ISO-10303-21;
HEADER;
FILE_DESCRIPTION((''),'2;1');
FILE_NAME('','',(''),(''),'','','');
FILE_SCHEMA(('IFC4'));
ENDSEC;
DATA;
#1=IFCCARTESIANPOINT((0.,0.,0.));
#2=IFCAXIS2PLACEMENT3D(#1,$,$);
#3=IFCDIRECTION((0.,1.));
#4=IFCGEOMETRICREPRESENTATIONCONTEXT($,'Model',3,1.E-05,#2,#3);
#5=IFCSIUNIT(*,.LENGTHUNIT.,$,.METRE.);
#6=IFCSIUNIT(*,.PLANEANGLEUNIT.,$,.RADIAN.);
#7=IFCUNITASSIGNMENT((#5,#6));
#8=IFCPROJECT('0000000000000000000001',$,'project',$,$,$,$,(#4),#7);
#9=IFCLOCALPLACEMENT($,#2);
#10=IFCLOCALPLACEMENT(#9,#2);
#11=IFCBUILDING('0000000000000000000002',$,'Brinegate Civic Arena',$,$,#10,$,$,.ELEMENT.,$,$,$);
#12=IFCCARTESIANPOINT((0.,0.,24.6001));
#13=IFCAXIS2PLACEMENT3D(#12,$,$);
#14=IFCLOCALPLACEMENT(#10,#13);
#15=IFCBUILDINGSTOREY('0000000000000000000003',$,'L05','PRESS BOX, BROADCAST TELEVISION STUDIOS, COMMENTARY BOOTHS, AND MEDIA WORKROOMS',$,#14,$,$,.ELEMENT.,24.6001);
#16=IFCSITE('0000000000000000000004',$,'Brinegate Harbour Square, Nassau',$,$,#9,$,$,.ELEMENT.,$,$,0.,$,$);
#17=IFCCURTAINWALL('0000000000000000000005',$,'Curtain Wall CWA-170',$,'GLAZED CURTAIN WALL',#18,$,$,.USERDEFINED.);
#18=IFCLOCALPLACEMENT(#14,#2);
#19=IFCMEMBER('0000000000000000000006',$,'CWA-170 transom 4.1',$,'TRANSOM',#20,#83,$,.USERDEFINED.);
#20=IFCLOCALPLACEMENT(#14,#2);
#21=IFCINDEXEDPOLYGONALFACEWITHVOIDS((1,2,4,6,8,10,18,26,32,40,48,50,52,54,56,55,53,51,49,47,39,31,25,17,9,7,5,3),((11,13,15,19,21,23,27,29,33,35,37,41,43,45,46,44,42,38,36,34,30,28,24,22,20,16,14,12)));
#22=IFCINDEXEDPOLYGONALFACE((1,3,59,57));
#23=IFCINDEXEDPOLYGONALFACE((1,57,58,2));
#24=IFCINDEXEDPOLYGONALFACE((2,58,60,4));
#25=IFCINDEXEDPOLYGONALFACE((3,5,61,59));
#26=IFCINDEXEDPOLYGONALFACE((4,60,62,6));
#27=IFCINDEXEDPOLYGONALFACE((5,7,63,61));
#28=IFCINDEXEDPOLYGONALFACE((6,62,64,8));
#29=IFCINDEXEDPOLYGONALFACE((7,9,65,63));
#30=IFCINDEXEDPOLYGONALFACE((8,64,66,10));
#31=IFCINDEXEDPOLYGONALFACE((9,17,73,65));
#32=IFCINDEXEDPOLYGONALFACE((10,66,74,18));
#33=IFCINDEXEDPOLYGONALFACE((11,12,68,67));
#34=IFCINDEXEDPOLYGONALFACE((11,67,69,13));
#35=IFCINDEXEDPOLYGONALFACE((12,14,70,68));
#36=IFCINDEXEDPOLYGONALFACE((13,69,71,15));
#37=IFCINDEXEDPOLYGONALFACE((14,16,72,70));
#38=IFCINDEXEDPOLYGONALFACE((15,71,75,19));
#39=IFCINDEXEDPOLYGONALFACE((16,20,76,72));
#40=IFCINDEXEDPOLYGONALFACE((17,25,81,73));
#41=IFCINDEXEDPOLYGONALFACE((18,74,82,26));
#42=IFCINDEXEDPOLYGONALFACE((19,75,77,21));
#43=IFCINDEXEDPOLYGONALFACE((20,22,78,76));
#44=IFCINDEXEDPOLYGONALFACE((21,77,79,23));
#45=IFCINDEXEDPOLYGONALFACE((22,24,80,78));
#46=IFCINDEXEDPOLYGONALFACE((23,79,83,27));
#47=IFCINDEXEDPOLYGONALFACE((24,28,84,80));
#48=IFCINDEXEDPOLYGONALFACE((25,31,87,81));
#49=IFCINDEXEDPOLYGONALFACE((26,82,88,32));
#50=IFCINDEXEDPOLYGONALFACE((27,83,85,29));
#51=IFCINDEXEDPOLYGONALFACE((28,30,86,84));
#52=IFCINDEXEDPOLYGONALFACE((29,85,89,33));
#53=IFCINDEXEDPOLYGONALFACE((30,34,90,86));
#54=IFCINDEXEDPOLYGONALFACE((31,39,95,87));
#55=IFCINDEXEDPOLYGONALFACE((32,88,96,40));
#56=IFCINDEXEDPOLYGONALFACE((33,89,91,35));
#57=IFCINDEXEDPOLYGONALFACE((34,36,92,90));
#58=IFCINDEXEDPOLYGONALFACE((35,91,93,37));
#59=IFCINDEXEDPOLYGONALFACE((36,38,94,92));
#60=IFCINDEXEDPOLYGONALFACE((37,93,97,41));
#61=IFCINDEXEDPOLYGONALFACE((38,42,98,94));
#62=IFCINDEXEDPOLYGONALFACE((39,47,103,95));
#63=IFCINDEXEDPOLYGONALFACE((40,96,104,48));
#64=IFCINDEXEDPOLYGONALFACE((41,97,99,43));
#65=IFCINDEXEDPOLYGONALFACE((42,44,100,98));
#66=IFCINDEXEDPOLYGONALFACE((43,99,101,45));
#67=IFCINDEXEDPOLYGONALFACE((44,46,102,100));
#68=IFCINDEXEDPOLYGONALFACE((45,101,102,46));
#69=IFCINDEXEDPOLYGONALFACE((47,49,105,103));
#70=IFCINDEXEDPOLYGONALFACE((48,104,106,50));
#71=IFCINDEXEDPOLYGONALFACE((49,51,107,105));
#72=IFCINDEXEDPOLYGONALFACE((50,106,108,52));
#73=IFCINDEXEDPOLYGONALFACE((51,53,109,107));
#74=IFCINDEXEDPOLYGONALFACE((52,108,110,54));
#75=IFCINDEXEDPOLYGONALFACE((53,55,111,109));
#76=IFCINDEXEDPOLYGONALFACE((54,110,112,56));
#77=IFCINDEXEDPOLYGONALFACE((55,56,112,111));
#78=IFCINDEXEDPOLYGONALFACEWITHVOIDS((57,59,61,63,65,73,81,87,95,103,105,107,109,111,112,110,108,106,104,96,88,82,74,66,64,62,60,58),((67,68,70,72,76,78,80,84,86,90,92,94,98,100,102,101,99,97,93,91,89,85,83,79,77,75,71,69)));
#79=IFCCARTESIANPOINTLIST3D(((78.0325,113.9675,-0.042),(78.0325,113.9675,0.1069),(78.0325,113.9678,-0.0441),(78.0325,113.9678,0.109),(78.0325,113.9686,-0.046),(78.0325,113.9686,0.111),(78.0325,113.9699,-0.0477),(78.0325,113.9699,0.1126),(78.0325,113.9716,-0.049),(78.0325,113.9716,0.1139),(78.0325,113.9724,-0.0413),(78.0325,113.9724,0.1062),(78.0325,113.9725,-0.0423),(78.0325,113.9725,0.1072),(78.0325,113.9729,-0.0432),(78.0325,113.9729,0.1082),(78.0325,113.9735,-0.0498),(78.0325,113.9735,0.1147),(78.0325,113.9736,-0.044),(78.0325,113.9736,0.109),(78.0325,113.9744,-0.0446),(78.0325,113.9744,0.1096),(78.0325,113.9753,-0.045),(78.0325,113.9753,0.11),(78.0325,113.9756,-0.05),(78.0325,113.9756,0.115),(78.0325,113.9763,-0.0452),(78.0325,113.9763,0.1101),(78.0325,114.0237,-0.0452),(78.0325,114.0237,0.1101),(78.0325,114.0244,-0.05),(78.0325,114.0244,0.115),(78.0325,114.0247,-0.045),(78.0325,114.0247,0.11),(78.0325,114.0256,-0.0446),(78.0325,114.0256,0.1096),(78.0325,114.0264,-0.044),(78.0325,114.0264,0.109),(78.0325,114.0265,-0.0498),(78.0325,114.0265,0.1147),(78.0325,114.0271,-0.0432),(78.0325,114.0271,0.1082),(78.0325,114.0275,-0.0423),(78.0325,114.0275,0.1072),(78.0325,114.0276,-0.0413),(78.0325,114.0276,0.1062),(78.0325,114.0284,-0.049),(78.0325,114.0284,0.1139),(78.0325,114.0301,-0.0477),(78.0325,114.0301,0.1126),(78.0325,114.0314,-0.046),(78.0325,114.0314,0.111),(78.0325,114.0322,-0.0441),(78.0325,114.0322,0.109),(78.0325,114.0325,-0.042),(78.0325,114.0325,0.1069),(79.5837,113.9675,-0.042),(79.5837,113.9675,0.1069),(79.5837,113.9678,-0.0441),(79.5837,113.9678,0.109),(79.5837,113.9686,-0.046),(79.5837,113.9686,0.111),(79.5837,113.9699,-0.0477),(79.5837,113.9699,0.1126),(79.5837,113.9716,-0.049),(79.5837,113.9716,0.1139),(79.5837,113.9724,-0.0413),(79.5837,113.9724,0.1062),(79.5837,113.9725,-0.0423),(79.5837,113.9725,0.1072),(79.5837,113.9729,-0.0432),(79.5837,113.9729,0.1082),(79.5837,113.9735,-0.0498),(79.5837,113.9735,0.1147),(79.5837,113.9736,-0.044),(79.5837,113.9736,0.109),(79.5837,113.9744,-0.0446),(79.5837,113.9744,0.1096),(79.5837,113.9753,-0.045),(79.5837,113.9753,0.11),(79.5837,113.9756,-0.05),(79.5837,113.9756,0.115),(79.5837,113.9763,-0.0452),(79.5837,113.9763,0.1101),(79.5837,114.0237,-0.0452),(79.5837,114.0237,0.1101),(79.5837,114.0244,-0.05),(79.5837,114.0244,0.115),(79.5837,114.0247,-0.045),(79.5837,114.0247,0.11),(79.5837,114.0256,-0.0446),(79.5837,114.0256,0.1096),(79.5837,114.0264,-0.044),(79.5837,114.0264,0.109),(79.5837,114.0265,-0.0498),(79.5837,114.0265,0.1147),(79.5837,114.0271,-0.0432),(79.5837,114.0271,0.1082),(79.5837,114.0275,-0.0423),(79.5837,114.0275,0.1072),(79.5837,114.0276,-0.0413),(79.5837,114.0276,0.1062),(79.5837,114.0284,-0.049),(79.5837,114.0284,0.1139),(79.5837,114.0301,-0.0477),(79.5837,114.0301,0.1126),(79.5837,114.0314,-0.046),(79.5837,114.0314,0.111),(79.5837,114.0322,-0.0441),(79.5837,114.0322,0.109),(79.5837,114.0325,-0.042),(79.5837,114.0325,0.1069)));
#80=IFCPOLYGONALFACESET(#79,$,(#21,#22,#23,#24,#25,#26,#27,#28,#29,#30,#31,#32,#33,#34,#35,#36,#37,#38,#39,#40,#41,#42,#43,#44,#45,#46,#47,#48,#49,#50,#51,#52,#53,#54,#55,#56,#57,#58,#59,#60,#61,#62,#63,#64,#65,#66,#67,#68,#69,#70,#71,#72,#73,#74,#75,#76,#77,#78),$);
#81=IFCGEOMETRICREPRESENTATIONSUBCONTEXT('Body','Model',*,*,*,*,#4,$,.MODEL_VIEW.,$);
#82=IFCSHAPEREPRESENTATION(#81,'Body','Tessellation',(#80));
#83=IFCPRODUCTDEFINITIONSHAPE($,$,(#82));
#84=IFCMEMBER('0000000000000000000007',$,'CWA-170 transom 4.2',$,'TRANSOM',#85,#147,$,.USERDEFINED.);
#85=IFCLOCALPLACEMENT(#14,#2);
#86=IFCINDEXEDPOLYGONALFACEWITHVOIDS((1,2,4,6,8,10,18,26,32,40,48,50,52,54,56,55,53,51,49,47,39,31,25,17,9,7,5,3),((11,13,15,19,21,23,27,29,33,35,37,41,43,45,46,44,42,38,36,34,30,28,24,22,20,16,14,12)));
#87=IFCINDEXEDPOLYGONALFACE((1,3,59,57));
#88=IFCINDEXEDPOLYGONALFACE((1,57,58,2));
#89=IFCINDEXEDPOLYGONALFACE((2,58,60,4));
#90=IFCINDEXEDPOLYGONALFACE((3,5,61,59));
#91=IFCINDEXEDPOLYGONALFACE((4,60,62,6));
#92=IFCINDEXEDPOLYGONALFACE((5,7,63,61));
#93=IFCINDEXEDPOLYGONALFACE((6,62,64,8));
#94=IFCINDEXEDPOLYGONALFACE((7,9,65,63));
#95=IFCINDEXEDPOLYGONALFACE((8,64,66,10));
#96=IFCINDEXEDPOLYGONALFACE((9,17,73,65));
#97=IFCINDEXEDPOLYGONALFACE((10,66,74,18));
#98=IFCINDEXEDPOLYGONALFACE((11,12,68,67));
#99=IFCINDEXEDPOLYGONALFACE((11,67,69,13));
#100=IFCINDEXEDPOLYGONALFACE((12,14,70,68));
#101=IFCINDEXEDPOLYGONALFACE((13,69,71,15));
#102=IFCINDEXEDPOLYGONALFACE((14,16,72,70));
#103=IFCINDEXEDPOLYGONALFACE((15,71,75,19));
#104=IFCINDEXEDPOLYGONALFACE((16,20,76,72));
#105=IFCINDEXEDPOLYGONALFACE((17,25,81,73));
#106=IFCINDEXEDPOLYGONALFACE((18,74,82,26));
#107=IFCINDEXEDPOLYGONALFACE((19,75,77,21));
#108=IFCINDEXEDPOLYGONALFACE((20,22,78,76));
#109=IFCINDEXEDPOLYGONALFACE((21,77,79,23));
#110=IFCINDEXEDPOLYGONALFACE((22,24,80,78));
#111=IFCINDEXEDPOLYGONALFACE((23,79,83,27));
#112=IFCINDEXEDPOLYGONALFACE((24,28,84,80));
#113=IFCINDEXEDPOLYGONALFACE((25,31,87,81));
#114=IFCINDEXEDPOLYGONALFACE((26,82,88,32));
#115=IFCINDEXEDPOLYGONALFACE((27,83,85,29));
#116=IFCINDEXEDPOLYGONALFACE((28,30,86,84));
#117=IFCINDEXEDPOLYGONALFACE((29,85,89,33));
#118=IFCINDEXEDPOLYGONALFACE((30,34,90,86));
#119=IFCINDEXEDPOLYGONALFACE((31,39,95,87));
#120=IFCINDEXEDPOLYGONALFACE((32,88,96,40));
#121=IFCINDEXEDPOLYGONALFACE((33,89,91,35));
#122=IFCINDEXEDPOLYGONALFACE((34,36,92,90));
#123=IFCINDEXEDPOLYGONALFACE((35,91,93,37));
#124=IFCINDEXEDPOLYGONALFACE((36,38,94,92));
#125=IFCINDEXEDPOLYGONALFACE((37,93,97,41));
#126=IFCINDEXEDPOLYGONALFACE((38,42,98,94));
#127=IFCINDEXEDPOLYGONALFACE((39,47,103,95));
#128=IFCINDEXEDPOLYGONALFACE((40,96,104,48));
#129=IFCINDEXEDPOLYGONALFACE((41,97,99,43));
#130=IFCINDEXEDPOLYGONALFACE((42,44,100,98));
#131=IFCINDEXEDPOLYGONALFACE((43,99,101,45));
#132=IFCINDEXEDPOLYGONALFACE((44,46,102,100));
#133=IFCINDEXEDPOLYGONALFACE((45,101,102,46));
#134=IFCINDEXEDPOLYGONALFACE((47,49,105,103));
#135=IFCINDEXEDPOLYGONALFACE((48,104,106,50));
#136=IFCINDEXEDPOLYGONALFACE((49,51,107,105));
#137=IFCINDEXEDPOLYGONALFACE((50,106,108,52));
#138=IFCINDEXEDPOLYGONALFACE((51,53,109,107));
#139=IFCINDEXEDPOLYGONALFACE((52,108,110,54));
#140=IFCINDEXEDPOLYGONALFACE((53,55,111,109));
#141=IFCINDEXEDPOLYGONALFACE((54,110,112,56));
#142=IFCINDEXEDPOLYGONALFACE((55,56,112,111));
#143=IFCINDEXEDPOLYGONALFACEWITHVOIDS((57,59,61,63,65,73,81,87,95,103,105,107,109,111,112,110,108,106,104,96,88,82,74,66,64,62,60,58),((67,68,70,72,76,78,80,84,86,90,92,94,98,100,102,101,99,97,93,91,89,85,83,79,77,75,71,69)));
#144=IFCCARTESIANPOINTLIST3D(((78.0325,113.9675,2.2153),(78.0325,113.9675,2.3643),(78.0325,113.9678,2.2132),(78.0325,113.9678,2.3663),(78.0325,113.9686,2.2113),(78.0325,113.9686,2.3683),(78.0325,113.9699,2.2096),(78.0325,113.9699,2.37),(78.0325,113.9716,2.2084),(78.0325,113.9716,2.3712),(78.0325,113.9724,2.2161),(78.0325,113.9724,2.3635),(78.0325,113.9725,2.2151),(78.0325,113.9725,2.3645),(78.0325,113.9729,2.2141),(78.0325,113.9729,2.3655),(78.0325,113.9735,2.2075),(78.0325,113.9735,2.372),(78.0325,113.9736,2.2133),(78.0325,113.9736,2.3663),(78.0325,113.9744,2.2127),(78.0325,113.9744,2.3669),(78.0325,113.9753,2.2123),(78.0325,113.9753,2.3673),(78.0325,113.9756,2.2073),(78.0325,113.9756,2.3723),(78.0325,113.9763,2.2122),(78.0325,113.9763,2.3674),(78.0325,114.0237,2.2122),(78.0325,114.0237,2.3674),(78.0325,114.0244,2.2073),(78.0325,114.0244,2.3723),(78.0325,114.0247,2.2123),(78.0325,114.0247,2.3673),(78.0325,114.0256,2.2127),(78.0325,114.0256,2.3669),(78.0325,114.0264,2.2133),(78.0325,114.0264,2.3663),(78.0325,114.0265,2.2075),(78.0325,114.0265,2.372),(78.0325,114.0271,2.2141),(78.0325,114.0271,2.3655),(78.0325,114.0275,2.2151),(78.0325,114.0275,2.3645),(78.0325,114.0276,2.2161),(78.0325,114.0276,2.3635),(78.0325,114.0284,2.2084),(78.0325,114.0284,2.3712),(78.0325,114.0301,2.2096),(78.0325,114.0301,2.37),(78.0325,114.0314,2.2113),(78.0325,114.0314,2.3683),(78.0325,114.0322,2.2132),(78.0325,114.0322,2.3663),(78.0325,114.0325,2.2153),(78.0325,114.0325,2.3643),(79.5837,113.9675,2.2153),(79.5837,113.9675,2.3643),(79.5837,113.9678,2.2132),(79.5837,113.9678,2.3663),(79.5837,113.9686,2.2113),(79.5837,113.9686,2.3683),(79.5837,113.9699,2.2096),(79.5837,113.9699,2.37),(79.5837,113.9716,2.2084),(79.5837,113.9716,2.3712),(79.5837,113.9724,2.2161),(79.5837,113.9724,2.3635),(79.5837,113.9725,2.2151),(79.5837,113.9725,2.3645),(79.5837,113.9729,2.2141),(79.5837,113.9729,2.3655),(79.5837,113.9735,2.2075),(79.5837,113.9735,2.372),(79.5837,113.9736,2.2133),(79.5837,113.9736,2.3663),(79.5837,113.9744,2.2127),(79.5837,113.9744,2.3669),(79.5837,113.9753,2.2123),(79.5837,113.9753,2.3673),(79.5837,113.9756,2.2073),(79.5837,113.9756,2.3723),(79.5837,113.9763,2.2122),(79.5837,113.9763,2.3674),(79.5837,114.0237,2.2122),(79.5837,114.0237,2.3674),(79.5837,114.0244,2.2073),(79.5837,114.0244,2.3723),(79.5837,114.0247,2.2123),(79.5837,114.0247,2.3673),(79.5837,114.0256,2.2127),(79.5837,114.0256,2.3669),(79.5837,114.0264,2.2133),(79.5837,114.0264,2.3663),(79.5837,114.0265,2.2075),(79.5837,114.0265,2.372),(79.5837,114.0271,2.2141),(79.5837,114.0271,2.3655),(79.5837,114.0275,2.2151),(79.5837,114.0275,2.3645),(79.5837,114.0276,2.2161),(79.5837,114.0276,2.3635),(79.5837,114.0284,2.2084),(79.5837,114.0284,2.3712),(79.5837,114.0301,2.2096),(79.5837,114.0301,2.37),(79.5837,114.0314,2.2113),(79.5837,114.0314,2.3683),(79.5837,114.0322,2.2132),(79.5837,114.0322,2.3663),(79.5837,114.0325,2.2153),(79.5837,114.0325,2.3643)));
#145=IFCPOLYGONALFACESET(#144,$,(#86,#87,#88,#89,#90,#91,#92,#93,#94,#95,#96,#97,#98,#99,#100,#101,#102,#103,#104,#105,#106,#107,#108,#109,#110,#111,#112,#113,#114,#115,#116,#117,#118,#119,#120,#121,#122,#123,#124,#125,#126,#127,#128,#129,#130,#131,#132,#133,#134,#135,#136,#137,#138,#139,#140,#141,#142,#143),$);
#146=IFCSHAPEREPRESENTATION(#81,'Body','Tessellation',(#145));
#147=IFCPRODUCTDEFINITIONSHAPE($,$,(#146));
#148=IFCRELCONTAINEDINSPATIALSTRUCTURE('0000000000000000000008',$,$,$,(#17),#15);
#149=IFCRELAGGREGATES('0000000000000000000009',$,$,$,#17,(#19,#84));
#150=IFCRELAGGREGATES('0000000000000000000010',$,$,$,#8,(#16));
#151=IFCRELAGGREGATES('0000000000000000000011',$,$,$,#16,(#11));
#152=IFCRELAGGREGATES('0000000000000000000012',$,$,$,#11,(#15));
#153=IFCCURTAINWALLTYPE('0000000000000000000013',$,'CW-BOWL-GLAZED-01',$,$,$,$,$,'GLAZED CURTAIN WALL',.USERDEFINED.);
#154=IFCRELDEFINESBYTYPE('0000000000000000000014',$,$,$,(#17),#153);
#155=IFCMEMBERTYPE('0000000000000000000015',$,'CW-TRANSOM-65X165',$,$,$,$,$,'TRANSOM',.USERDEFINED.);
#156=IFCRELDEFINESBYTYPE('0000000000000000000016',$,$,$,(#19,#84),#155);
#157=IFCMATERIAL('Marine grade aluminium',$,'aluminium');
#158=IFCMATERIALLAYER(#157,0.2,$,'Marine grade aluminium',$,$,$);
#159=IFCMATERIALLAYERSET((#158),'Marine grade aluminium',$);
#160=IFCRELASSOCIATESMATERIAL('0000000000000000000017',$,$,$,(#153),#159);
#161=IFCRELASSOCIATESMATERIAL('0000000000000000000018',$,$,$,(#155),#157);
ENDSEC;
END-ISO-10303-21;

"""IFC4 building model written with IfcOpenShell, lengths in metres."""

from ifc_helpers import new_model, si_unit, direction, frame, origin, origin_2d, place, context, subcontext, project, spatial, hollow_rectangle, extrude, material, layer, layer_set, material_profile, profile_set, type_object, element, aggregate, save


model = new_model("IFC4")

# Units and contexts
model_context = context("Model", 3, precision=1e-05, world=origin(), true_north=direction((0.0, 1.0)))
body_context = subcontext(model_context, "Body", "Model", "MODEL_VIEW")
ifc_project = project(units=[si_unit("LENGTHUNIT", "METRE"), si_unit("PLANEANGLEUNIT", "RADIAN")], contexts=[model_context])

# Site, building, storey
site_placement = place(None, origin())
site = spatial("IfcSite", under=ifc_project, at=site_placement, Name="Brinegate Harbour Square, Nassau", CompositionType="ELEMENT", RefElevation=0.0)
building_placement = place(site_placement, origin())
building = spatial("IfcBuilding", under=site, at=building_placement, Name="Brinegate Civic Arena", CompositionType="ELEMENT")
storey_placement = place(building_placement, frame((0.0, 0.0, 24.6001)))
storey = spatial("IfcBuildingStorey", under=building, at=storey_placement, Name="L05", Description="PRESS BOX, BROADCAST TELEVISION STUDIOS, COMMENTARY BOOTHS, AND MEDIA WORKROOMS", CompositionType="ELEMENT", Elevation=24.6001)

# Curtain wall, members
ifc_material_1 = material(Name="Marine grade aluminium", Category="aluminium")
ifc_layer_1 = layer(ifc_material_1, 0.2, Name="Marine grade aluminium")
ifc_layer_set_1 = layer_set([ifc_layer_1], Name="Marine grade aluminium")
curtain_wall_type = type_object("IfcCurtainWallType", Name="CW-BOWL-GLAZED-01", ElementType="GLAZED CURTAIN WALL", PredefinedType="USERDEFINED", material=ifc_layer_set_1)
curtain_wall_placement = place(storey_placement, origin())
curtain_wall = element("IfcCurtainWall", 1, at=curtain_wall_placement, inside=storey, type_object=curtain_wall_type, Name="Curtain Wall CWA-170", ObjectType="GLAZED CURTAIN WALL", PredefinedType="USERDEFINED")
ifc_material_profile_1 = material_profile(ifc_material_1, hollow_rectangle(XDim=0.0649, YDim=0.165, WallThickness=0.0049, InnerFilletRadius=0.0039, OuterFilletRadius=0.0081, at=origin_2d()), Name="TRN65X165")
ifc_profile_set_1 = profile_set([ifc_material_profile_1], Name="Marine grade aluminium")
member_type_1 = type_object("IfcMemberType", Name="CW-TRANSOM-65X165", ElementType="TRANSOM", PredefinedType="USERDEFINED", material=ifc_profile_set_1)
member_1_placement = place(storey_placement, frame((78.0325, 114.0, 0.0325), z_axis=(1.0, 0.0, 0.0), x_axis=(0.0, 1.0, 0.0)))
member_1 = element("IfcMember", 2, at=member_1_placement, type_object=member_type_1, Name="CWA-170 transom 4.1", ObjectType="TRANSOM", PredefinedType="USERDEFINED", context=body_context, shape_type="SweptSolid", body=[
    extrude(hollow_rectangle(XDim=0.0649, YDim=0.165, WallThickness=0.0049, InnerFilletRadius=0.0039, OuterFilletRadius=0.0081, at=origin_2d()), origin(), (0.0, 0.0, 1.0), 1.5513),
])
member_2_placement = place(storey_placement, frame((78.0325, 114.0, 2.2898), z_axis=(1.0, 0.0, 0.0), x_axis=(0.0, 1.0, 0.0)))
member_2 = element("IfcMember", 3, at=member_2_placement, type_object=member_type_1, Name="CWA-170 transom 4.2", ObjectType="TRANSOM", PredefinedType="USERDEFINED", context=body_context, shape_type="SweptSolid", body=[
    extrude(hollow_rectangle(XDim=0.0649, YDim=0.165, WallThickness=0.0049, InnerFilletRadius=0.0039, OuterFilletRadius=0.0081, at=origin_2d()), origin(), (0.0, 0.0, 1.0), 1.5513),
])
aggregate(curtain_wall, [member_1, member_2])

save(model, "model.ifc")
